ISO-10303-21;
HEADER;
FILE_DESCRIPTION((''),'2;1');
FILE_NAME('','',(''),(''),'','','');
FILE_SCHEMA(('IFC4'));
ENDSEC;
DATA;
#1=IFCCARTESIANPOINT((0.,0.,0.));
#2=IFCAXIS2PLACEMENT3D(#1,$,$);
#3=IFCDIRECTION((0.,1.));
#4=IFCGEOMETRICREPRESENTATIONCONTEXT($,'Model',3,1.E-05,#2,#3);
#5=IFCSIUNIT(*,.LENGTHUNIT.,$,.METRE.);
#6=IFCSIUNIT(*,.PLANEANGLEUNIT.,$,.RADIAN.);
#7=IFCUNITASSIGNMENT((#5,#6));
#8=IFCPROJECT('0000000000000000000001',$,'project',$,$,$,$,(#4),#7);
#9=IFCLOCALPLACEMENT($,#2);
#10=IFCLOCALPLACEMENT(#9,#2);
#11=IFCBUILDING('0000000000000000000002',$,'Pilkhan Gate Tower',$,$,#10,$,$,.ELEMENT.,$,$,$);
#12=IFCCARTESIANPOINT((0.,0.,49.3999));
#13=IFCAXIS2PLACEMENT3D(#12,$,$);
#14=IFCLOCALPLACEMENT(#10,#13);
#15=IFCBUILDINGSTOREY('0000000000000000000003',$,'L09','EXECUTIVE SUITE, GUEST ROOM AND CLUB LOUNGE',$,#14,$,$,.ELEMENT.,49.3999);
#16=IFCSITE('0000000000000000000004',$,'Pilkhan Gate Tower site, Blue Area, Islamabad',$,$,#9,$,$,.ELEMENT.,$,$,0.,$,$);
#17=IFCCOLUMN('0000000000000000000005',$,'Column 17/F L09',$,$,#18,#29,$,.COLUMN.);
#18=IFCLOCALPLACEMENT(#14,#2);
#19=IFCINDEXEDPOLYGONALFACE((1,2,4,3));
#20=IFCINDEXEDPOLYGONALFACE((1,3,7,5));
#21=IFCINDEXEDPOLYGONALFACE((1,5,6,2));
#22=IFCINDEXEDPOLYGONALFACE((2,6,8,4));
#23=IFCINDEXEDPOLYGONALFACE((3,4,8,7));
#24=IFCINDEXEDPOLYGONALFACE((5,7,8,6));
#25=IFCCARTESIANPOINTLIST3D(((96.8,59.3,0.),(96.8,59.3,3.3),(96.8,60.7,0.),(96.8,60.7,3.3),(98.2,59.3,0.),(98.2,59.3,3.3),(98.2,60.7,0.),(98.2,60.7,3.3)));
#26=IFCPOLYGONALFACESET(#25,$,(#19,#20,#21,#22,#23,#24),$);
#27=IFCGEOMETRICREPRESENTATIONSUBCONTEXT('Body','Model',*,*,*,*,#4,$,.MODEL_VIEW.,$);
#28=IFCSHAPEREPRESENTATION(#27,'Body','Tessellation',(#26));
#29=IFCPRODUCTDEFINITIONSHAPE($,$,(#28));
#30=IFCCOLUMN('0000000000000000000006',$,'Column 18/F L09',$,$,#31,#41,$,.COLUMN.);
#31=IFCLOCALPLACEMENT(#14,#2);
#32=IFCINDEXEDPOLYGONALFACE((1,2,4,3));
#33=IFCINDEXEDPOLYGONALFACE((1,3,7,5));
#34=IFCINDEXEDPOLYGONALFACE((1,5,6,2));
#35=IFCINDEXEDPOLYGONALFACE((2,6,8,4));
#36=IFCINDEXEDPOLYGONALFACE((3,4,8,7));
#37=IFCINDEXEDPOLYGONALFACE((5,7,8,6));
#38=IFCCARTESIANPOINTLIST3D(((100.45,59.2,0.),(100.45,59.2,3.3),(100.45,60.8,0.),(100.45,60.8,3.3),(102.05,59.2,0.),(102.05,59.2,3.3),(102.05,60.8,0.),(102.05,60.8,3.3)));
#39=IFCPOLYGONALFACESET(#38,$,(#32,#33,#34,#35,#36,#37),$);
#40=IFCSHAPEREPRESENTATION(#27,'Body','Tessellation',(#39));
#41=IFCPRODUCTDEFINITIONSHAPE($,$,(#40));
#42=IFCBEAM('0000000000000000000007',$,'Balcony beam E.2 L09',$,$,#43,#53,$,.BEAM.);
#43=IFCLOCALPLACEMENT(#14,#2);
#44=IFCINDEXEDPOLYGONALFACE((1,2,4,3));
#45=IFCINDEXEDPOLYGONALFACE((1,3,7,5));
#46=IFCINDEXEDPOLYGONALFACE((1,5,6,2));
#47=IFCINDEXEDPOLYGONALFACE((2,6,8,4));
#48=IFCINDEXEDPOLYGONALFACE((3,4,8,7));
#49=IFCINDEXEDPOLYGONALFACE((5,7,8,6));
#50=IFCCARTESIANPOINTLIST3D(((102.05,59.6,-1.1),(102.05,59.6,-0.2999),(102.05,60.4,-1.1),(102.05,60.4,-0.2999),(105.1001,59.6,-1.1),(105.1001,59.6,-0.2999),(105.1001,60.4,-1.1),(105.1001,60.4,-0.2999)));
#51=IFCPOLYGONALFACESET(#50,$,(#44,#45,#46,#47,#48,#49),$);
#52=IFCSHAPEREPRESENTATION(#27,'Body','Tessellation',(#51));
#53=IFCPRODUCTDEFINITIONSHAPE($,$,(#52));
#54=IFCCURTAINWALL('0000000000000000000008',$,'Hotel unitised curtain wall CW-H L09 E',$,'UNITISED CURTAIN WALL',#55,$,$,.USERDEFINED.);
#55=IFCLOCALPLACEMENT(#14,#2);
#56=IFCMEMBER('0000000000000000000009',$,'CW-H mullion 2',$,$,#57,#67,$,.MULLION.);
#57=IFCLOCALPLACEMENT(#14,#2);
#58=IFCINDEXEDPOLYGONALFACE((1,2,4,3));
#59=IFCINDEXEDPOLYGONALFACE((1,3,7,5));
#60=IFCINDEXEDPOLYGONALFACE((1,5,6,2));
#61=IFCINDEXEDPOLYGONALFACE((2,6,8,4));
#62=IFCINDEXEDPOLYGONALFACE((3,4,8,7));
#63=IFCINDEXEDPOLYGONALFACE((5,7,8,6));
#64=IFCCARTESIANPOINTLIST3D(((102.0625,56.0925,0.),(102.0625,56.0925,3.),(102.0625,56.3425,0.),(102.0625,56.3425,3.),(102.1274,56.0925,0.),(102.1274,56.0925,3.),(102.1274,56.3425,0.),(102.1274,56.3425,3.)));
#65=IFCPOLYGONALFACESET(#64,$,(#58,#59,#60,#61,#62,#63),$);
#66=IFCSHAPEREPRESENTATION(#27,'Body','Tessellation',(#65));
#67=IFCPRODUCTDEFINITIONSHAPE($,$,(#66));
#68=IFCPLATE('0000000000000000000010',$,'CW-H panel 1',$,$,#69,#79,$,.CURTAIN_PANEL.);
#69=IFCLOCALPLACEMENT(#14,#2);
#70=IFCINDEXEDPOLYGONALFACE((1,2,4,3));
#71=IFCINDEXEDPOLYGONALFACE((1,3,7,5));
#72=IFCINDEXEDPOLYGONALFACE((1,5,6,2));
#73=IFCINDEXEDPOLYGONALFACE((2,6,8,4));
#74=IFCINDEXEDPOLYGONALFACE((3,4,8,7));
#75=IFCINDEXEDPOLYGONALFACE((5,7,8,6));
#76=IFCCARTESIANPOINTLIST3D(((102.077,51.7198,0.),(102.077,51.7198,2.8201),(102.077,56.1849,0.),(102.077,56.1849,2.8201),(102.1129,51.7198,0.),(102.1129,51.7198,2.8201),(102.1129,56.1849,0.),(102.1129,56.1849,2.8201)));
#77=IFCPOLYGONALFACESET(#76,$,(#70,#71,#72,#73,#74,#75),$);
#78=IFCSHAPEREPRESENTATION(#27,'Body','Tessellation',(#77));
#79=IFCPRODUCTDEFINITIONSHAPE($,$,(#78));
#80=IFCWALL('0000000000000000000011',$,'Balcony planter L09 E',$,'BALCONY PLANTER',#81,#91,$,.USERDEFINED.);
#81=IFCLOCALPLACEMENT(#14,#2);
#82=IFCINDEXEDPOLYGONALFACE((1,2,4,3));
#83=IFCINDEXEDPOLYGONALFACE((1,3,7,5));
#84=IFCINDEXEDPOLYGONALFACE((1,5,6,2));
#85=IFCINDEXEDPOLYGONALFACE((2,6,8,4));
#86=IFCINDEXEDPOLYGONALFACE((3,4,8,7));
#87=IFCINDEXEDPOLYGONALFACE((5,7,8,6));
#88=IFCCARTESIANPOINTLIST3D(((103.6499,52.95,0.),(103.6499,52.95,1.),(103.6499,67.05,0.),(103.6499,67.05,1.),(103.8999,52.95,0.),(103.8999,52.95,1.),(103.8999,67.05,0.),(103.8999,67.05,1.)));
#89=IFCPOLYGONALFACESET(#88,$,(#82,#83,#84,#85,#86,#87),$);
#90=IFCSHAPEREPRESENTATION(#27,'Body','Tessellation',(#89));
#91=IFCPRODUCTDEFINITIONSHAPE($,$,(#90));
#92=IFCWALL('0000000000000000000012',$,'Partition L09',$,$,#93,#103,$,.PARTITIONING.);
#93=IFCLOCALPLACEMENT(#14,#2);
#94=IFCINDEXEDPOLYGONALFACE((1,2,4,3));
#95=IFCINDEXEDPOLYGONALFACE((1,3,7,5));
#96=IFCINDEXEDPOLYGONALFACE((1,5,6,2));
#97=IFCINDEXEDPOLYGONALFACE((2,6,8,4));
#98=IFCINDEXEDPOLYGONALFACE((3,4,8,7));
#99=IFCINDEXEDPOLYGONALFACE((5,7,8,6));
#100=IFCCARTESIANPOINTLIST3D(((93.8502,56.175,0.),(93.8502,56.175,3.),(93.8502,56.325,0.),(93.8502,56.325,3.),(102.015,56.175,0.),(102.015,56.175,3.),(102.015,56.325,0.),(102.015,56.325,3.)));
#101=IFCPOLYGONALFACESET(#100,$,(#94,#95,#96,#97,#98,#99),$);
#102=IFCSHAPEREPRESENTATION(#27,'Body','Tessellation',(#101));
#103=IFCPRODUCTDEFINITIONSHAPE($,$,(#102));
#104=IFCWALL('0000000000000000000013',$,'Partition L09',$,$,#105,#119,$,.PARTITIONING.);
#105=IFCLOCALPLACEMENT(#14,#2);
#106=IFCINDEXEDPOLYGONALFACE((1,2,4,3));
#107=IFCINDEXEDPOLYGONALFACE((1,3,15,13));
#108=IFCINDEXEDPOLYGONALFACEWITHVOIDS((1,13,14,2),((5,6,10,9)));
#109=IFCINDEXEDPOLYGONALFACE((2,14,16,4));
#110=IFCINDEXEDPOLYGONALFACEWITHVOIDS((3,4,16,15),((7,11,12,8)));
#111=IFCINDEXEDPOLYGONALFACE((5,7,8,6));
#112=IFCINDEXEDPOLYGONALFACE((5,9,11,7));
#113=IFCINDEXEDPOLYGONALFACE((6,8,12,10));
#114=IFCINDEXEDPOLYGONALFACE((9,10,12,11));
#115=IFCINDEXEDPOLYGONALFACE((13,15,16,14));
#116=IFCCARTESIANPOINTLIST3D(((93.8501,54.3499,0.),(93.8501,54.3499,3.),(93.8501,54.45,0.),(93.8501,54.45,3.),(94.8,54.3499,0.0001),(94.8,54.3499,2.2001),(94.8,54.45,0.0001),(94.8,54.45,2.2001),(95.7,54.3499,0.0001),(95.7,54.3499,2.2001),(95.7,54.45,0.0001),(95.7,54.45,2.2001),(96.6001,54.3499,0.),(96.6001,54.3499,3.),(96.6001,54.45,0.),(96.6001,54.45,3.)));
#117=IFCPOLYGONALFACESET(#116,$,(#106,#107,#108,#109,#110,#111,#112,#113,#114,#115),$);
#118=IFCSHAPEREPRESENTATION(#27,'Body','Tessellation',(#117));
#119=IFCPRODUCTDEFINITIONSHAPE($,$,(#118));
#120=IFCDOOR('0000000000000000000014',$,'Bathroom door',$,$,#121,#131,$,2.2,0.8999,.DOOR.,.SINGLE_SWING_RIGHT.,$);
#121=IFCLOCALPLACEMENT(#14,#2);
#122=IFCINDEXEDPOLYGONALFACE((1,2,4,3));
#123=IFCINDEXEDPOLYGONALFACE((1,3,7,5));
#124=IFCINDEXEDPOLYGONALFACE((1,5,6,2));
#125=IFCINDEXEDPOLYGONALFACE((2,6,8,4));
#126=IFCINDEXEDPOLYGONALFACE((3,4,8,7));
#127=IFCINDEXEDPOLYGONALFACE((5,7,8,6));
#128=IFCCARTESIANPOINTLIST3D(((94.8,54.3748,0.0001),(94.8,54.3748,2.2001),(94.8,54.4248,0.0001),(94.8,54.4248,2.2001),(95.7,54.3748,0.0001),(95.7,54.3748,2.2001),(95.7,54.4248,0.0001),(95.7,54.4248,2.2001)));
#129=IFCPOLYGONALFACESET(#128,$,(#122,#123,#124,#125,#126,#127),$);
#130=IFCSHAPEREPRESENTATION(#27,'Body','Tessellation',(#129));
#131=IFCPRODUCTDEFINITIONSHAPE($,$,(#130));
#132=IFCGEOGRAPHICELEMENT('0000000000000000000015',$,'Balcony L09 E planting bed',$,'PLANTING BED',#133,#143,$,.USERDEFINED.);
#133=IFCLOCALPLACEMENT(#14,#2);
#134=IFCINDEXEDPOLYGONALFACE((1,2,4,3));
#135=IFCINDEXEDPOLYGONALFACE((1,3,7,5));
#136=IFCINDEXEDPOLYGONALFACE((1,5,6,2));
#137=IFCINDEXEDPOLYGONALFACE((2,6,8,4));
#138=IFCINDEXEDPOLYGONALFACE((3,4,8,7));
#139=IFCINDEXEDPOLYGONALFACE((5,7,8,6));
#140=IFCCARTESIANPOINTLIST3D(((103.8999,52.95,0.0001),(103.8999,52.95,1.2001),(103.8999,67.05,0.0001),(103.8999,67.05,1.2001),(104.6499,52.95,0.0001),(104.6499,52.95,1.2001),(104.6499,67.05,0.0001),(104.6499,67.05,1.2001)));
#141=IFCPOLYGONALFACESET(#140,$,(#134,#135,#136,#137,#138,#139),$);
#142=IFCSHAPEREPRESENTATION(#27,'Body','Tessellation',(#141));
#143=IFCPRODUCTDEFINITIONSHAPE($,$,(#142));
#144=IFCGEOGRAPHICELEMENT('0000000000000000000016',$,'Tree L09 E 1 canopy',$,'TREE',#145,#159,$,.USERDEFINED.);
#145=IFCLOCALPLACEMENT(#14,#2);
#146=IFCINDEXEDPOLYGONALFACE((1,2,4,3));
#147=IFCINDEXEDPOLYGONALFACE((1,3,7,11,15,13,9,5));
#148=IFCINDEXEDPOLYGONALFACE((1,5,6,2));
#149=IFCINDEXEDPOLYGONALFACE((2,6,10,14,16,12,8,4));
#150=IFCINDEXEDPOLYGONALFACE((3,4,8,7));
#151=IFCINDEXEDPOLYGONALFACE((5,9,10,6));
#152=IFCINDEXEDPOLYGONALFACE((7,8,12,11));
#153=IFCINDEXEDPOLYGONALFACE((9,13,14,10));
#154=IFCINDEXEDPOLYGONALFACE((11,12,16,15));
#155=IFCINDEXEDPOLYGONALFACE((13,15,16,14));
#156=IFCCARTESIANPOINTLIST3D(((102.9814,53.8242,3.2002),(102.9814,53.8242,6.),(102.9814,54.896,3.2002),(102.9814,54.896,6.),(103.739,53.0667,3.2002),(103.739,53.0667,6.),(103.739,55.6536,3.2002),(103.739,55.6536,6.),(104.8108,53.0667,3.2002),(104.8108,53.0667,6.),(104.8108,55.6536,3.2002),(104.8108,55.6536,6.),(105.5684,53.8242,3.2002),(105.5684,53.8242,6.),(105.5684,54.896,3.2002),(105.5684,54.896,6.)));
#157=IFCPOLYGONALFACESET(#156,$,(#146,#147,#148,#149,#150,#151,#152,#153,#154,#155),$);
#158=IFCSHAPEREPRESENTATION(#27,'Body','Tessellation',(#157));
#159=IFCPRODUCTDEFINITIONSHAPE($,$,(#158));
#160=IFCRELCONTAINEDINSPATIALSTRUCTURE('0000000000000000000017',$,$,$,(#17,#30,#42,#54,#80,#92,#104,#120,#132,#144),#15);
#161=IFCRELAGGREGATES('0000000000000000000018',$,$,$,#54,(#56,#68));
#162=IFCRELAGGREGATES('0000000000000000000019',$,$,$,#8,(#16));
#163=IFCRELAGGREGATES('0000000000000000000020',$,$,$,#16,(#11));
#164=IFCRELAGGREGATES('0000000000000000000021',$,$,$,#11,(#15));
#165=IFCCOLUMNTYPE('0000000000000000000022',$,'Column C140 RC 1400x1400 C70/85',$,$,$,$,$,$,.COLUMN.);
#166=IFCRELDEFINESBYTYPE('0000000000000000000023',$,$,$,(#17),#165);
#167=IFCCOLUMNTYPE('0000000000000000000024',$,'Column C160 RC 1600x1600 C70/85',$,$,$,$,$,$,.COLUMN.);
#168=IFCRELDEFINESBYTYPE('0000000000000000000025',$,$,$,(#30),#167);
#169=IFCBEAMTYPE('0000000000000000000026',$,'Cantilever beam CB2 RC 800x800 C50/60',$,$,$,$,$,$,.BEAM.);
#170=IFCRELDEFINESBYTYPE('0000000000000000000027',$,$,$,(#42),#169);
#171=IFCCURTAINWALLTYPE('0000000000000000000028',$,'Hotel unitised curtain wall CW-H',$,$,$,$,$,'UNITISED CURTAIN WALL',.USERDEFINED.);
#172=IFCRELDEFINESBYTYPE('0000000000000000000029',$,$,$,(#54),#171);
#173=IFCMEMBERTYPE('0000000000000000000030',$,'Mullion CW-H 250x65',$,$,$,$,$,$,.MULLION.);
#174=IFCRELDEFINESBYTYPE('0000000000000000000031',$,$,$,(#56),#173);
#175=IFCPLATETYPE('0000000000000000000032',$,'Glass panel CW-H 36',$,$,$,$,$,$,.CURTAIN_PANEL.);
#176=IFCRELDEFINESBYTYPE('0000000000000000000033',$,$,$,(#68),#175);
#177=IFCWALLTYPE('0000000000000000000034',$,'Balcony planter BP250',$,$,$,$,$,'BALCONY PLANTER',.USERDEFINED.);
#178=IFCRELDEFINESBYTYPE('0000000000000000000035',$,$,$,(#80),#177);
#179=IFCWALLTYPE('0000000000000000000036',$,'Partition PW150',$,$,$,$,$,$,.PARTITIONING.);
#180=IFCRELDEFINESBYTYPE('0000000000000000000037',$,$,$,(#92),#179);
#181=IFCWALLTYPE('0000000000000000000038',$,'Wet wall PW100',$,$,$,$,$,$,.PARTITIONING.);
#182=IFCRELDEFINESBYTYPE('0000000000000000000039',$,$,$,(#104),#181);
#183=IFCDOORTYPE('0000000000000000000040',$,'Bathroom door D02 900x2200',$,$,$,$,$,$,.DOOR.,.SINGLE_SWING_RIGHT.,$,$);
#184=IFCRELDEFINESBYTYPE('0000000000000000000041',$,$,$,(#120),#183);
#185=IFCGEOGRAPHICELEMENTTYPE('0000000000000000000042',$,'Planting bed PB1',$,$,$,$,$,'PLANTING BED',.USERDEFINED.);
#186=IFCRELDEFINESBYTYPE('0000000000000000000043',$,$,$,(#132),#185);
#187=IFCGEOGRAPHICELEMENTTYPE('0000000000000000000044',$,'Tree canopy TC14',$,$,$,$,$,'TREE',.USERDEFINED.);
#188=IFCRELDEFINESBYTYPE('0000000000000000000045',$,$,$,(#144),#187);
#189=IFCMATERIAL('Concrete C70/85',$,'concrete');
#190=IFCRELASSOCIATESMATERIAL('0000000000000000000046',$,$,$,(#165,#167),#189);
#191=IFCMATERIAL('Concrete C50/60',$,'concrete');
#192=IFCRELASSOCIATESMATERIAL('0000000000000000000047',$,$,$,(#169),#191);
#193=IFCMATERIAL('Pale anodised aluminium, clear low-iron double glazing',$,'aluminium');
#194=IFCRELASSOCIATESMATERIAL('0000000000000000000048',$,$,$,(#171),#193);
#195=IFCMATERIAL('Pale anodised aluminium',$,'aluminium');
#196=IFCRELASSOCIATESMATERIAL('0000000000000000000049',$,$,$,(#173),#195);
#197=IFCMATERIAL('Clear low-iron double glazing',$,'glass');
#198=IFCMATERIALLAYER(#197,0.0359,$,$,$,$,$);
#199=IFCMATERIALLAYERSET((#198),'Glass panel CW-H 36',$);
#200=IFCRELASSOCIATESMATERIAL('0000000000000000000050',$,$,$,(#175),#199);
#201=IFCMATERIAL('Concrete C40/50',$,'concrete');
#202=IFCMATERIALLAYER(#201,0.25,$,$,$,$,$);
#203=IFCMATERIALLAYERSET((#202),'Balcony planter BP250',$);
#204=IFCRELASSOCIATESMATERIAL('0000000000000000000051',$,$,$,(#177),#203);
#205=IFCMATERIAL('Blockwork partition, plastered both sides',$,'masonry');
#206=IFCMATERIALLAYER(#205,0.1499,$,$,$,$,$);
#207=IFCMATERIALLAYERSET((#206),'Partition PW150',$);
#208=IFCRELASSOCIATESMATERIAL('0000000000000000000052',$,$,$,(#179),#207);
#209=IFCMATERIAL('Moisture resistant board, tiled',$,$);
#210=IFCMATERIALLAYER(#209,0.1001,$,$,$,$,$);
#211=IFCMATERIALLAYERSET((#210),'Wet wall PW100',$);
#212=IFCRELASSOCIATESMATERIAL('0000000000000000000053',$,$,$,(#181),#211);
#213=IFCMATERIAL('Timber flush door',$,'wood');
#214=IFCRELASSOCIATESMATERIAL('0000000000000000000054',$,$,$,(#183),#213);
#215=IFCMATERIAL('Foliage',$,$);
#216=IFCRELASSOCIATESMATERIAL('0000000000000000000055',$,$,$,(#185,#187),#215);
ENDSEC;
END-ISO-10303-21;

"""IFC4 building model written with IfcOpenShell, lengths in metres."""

from ifc_helpers import new_model, si_unit, direction, frame, frame_2d, origin, origin_2d, place, context, subcontext, project, spatial, polyline, rectangle, outline, extrude, material, layer, layer_set, material_profile, profile_set, type_object, element, fill, aggregate, save


model = new_model("IFC4")

# Units and contexts
model_context = context("Model", 3, precision=1e-05, world=origin(), true_north=direction((0.0, 1.0)))
body_context = subcontext(model_context, "Body", "Model", "MODEL_VIEW")
ifc_project = project(units=[si_unit("LENGTHUNIT", "METRE"), si_unit("PLANEANGLEUNIT", "RADIAN")], contexts=[model_context])

# Site, building, storey
site_placement = place(None, origin())
site = spatial("IfcSite", under=ifc_project, at=site_placement, Name="Pilkhan Gate Tower site, Blue Area, Islamabad", CompositionType="ELEMENT", RefElevation=0.0)
building_placement = place(site_placement, origin())
building = spatial("IfcBuilding", under=site, at=building_placement, Name="Pilkhan Gate Tower", CompositionType="ELEMENT")
storey_placement = place(building_placement, frame((0.0, 0.0, 49.3999)))
storey = spatial("IfcBuildingStorey", under=building, at=storey_placement, Name="L09", Description="EXECUTIVE SUITE, GUEST ROOM AND CLUB LOUNGE", CompositionType="ELEMENT", Elevation=49.3999)

# Columns
ifc_material_1 = material(Name="Concrete C70/85", Category="concrete")
ifc_material_profile_1 = material_profile(ifc_material_1, rectangle(XDim=1.3999, YDim=1.3999, at=origin_2d()), Name="RC 1400x1400")
ifc_profile_set_1 = profile_set([ifc_material_profile_1], Name="Concrete C70/85")
column_type_1 = type_object("IfcColumnType", Name="Column C140 RC 1400x1400 C70/85", PredefinedType="COLUMN", material=ifc_profile_set_1)
column_1_placement = place(storey_placement, frame((97.5, 60.0, 0.0), z_axis=(0.0, 0.0, 1.0), x_axis=(1.0, 0.0, 0.0)))
element("IfcColumn", 1, at=column_1_placement, inside=storey, type_object=column_type_1, Name="Column 17/F L09", PredefinedType="COLUMN", context=body_context, shape_type="SweptSolid", body=[
    extrude(rectangle(XDim=1.3999, YDim=1.3999, at=origin_2d()), origin(), (0.0, 0.0, 1.0), 3.3),
])
ifc_material_profile_2 = material_profile(ifc_material_1, rectangle(XDim=1.6001, YDim=1.6001, at=origin_2d()), Name="RC 1600x1600")
ifc_profile_set_2 = profile_set([ifc_material_profile_2], Name="Concrete C70/85")
column_type_2 = type_object("IfcColumnType", Name="Column C160 RC 1600x1600 C70/85", PredefinedType="COLUMN", material=ifc_profile_set_2)
column_2_placement = place(storey_placement, frame((101.25, 60.0, 0.0), z_axis=(0.0, 0.0, 1.0), x_axis=(1.0, 0.0, 0.0)))
element("IfcColumn", 2, at=column_2_placement, inside=storey, type_object=column_type_2, Name="Column 18/F L09", PredefinedType="COLUMN", context=body_context, shape_type="SweptSolid", body=[
    extrude(rectangle(XDim=1.6001, YDim=1.6001, at=origin_2d()), origin(), (0.0, 0.0, 1.0), 3.3),
])

# Beam
ifc_material_2 = material(Name="Concrete C50/60", Category="concrete")
ifc_material_profile_3 = material_profile(ifc_material_2, rectangle(XDim=0.8, YDim=0.8, at=origin_2d()), Name="RC 800x800")
ifc_profile_set_3 = profile_set([ifc_material_profile_3], Name="Concrete C50/60")
beam_type = type_object("IfcBeamType", Name="Cantilever beam CB2 RC 800x800 C50/60", PredefinedType="BEAM", material=ifc_profile_set_3)
beam_placement = place(storey_placement, frame((102.05, 60.0, -0.7), z_axis=(1.0, 0.0, 0.0), x_axis=(0.0, 1.0, 0.0)))
element("IfcBeam", 3, at=beam_placement, inside=storey, type_object=beam_type, Name="Balcony beam E.2 L09", PredefinedType="BEAM", context=body_context, shape_type="SweptSolid", body=[
    extrude(rectangle(XDim=0.8, YDim=0.8, at=origin_2d()), origin(), (0.0, 0.0, 1.0), 3.05),
])

# Curtain wall, member, plate
ifc_material_3 = material(Name="Pale anodised aluminium, clear low-iron double glazing", Category="aluminium")
curtain_wall_type = type_object("IfcCurtainWallType", Name="Hotel unitised curtain wall CW-H", ElementType="UNITISED CURTAIN WALL", PredefinedType="USERDEFINED", material=ifc_material_3)
curtain_wall_placement = place(storey_placement, origin())
curtain_wall = element("IfcCurtainWall", 4, at=curtain_wall_placement, inside=storey, type_object=curtain_wall_type, Name="Hotel unitised curtain wall CW-H L09 E", ObjectType="UNITISED CURTAIN WALL", PredefinedType="USERDEFINED")
ifc_material_4 = material(Name="Pale anodised aluminium", Category="aluminium")
ifc_material_profile_4 = material_profile(ifc_material_4, rectangle(XDim=0.0649, YDim=0.25, at=origin_2d()), Name="Mullion 250x65")
ifc_profile_set_4 = profile_set([ifc_material_profile_4], Name="Pale anodised aluminium")
member_type = type_object("IfcMemberType", Name="Mullion CW-H 250x65", PredefinedType="MULLION", material=ifc_profile_set_4)
member_placement = place(storey_placement, frame((102.095, 56.2175, 0.0), z_axis=(0.0, 0.0, 1.0), x_axis=(-1.0, 0.0, 0.0)))
member = element("IfcMember", 5, at=member_placement, type_object=member_type, Name="CW-H mullion 2", PredefinedType="MULLION", context=body_context, shape_type="SweptSolid", body=[
    extrude(rectangle(XDim=0.0649, YDim=0.25, at=origin_2d()), origin(), (0.0, 0.0, 1.0), 3.0),
])
ifc_material_5 = material(Name="Clear low-iron double glazing", Category="glass")
ifc_layer_1 = layer(ifc_material_5, 0.0359)
ifc_layer_set_1 = layer_set([ifc_layer_1], Name="Glass panel CW-H 36")
plate_type = type_object("IfcPlateType", Name="Glass panel CW-H 36", PredefinedType="CURTAIN_PANEL", material=ifc_layer_set_1)
plate_placement = place(storey_placement, frame((102.095, 53.9524, 0.0), z_axis=(0.0, 0.0, 1.0), x_axis=(0.0, 1.0, 0.0)))
plate = element("IfcPlate", 6, at=plate_placement, type_object=plate_type, Name="CW-H panel 1", PredefinedType="CURTAIN_PANEL", context=body_context, shape_type="SweptSolid", body=[
    extrude(rectangle(XDim=4.4651, YDim=0.0359, at=origin_2d()), origin(), (0.0, 0.0, 1.0), 2.8201),
])
aggregate(curtain_wall, [member, plate])

# Wall
ifc_material_6 = material(Name="Concrete C40/50", Category="concrete")
ifc_layer_2 = layer(ifc_material_6, 0.25)
ifc_layer_set_2 = layer_set([ifc_layer_2], Name="Balcony planter BP250")
wall_type_1 = type_object("IfcWallType", Name="Balcony planter BP250", ElementType="BALCONY PLANTER", PredefinedType="USERDEFINED", material=ifc_layer_set_2)
wall_1_placement = place(storey_placement, frame((103.7749, 52.95, 0.0), z_axis=(0.0, 0.0, 1.0), x_axis=(0.0, 1.0, 0.0)))
element("IfcWall", 7, at=wall_1_placement, inside=storey, type_object=wall_type_1, Name="Balcony planter L09 E", ObjectType="BALCONY PLANTER", PredefinedType="USERDEFINED", context=body_context, shape_type="SweptSolid", body=[
    extrude(rectangle(XDim=14.1001, YDim=0.25, at=frame_2d((7.05, 0.0))), origin(), (0.0, 0.0, 1.0), 1.0),
])

# Wall
ifc_material_7 = material(Name="Blockwork partition, plastered both sides", Category="masonry")
ifc_layer_3 = layer(ifc_material_7, 0.1499)
ifc_layer_set_3 = layer_set([ifc_layer_3], Name="Partition PW150")
wall_type_2 = type_object("IfcWallType", Name="Partition PW150", PredefinedType="PARTITIONING", material=ifc_layer_set_3)
wall_2_placement = place(storey_placement, frame((93.8501, 56.25, 0.0), z_axis=(0.0, 0.0, 1.0), x_axis=(1.0, 0.0, 0.0)))
element("IfcWall", 8, at=wall_2_placement, inside=storey, type_object=wall_type_2, Name="Partition L09", PredefinedType="PARTITIONING", context=body_context, shape_type="SweptSolid", body=[
    extrude(rectangle(XDim=8.1648, YDim=0.1499, at=frame_2d((4.0825, 0.0))), origin(), (0.0, 0.0, 1.0), 3.0),
])

# Wall, opening, door
ifc_material_8 = material(Name="Moisture resistant board, tiled")
ifc_layer_4 = layer(ifc_material_8, 0.1001)
ifc_layer_set_4 = layer_set([ifc_layer_4], Name="Wet wall PW100")
wall_type_3 = type_object("IfcWallType", Name="Wet wall PW100", PredefinedType="PARTITIONING", material=ifc_layer_set_4)
wall_3_placement = place(storey_placement, frame((93.8501, 54.3999, 0.0), z_axis=(0.0, 0.0, 1.0), x_axis=(1.0, 0.0, 0.0)))
wall_3 = element("IfcWall", 9, at=wall_3_placement, inside=storey, type_object=wall_type_3, Name="Partition L09", PredefinedType="PARTITIONING", context=body_context, shape_type="SweptSolid", body=[
    extrude(rectangle(XDim=2.75, YDim=0.1001, at=frame_2d((1.375, 0.0))), origin(), (0.0, 0.0, 1.0), 3.0),
])
opening_1_placement = place(wall_3_placement, frame((0.95, 0.0, 0.0)))
opening_1 = element("IfcOpeningElement", 10, at=opening_1_placement, cuts=wall_3, PredefinedType="OPENING", context=body_context, shape_type="SweptSolid", body=[
    extrude(rectangle(XDim=0.8999, YDim=2.2, at=frame_2d((0.45, 1.1001))), frame((0.0, 0.0601, 0.0), z_axis=(0.0, -1.0, 0.0), x_axis=(1.0, 0.0, 0.0)), (0.0, 0.0, 1.0), 0.1201),
])
ifc_material_9 = material(Name="Timber flush door", Category="wood")
door_type_1 = type_object("IfcDoorType", Name="Bathroom door D02 900x2200", OperationType="SINGLE_SWING_RIGHT", PredefinedType="DOOR", material=ifc_material_9)
door_1_placement = place(opening_1_placement, origin())
door_1 = element("IfcDoor", 11, at=door_1_placement, inside=storey, type_object=door_type_1, Name="Bathroom door", OperationType="SINGLE_SWING_RIGHT", OverallHeight=2.2, OverallWidth=0.8999, PredefinedType="DOOR", context=body_context, shape_type="SweptSolid", body=[
    extrude(rectangle(XDim=0.8999, YDim=2.2, at=frame_2d((0.45, 1.1001))), frame((0.0, 0.0249, 0.0), z_axis=(0.0, -1.0, 0.0), x_axis=(1.0, 0.0, 0.0)), (0.0, 0.0, 1.0), 0.05),
])
fill(opening_1, door_1)

# Geographic elements
ifc_material_10 = material(Name="Foliage")
ifc_material_profile_5 = material_profile(ifc_material_10, rectangle(XDim=0.75, YDim=1.2, at=origin_2d()), Name="Bed 750x1200")
ifc_profile_set_5 = profile_set([ifc_material_profile_5], Name="Foliage")
geographic_element_type_1 = type_object("IfcGeographicElementType", Name="Planting bed PB1", ElementType="PLANTING BED", PredefinedType="USERDEFINED", material=ifc_profile_set_5)
geographic_element_placement = place(storey_placement, frame((104.2749, 52.95, 0.6001), z_axis=(0.0, 1.0, 0.0), x_axis=(-1.0, 0.0, 0.0)))
element("IfcGeographicElement", 12, at=geographic_element_placement, inside=storey, type_object=geographic_element_type_1, Name="Balcony L09 E planting bed", ObjectType="PLANTING BED", PredefinedType="USERDEFINED", context=body_context, shape_type="SweptSolid", body=[
    extrude(rectangle(XDim=0.75, YDim=1.2, at=origin_2d()), origin(), (0.0, 0.0, 1.0), 14.1001),
])
ifc_material_profile_6 = material_profile(ifc_material_10, outline(polyline([(1.2935, 0.5359), (0.5359, 1.2935), (-0.5359, 1.2935), (-1.2935, 0.5359), (-1.2935, -0.5359), (-0.5359, -1.2935), (0.5359, -1.2935), (1.2935, -0.5359), (1.2935, 0.5359)])), Name="Canopy D2.8")
ifc_profile_set_6 = profile_set([ifc_material_profile_6], Name="Foliage")
geographic_element_type_2 = type_object("IfcGeographicElementType", Name="Tree canopy TC14", ElementType="TREE", PredefinedType="USERDEFINED", material=ifc_profile_set_6)
for number, where, z_axis, x_axis, name in (
    (13, (104.2749, 54.3601, 3.2002), (0.0, 0.0, 1.0), (1.0, 0.0, 0.0), "Tree L09 E 1 canopy"),
):
    element("IfcGeographicElement", number, at=place(storey_placement, frame(where, z_axis=z_axis, x_axis=x_axis)), inside=storey, type_object=geographic_element_type_2, Name=name, ObjectType="TREE", PredefinedType="USERDEFINED", context=body_context, shape_type="SweptSolid", body=[
        extrude(outline(polyline([(1.2935, 0.5359), (0.5359, 1.2935), (-0.5359, 1.2935), (-1.2935, 0.5359), (-1.2935, -0.5359), (-0.5359, -1.2935), (0.5359, -1.2935), (1.2935, -0.5359), (1.2935, 0.5359)])), origin(), (0.0, 0.0, 1.0), 2.7998),
    ])

save(model, "model.ifc")
